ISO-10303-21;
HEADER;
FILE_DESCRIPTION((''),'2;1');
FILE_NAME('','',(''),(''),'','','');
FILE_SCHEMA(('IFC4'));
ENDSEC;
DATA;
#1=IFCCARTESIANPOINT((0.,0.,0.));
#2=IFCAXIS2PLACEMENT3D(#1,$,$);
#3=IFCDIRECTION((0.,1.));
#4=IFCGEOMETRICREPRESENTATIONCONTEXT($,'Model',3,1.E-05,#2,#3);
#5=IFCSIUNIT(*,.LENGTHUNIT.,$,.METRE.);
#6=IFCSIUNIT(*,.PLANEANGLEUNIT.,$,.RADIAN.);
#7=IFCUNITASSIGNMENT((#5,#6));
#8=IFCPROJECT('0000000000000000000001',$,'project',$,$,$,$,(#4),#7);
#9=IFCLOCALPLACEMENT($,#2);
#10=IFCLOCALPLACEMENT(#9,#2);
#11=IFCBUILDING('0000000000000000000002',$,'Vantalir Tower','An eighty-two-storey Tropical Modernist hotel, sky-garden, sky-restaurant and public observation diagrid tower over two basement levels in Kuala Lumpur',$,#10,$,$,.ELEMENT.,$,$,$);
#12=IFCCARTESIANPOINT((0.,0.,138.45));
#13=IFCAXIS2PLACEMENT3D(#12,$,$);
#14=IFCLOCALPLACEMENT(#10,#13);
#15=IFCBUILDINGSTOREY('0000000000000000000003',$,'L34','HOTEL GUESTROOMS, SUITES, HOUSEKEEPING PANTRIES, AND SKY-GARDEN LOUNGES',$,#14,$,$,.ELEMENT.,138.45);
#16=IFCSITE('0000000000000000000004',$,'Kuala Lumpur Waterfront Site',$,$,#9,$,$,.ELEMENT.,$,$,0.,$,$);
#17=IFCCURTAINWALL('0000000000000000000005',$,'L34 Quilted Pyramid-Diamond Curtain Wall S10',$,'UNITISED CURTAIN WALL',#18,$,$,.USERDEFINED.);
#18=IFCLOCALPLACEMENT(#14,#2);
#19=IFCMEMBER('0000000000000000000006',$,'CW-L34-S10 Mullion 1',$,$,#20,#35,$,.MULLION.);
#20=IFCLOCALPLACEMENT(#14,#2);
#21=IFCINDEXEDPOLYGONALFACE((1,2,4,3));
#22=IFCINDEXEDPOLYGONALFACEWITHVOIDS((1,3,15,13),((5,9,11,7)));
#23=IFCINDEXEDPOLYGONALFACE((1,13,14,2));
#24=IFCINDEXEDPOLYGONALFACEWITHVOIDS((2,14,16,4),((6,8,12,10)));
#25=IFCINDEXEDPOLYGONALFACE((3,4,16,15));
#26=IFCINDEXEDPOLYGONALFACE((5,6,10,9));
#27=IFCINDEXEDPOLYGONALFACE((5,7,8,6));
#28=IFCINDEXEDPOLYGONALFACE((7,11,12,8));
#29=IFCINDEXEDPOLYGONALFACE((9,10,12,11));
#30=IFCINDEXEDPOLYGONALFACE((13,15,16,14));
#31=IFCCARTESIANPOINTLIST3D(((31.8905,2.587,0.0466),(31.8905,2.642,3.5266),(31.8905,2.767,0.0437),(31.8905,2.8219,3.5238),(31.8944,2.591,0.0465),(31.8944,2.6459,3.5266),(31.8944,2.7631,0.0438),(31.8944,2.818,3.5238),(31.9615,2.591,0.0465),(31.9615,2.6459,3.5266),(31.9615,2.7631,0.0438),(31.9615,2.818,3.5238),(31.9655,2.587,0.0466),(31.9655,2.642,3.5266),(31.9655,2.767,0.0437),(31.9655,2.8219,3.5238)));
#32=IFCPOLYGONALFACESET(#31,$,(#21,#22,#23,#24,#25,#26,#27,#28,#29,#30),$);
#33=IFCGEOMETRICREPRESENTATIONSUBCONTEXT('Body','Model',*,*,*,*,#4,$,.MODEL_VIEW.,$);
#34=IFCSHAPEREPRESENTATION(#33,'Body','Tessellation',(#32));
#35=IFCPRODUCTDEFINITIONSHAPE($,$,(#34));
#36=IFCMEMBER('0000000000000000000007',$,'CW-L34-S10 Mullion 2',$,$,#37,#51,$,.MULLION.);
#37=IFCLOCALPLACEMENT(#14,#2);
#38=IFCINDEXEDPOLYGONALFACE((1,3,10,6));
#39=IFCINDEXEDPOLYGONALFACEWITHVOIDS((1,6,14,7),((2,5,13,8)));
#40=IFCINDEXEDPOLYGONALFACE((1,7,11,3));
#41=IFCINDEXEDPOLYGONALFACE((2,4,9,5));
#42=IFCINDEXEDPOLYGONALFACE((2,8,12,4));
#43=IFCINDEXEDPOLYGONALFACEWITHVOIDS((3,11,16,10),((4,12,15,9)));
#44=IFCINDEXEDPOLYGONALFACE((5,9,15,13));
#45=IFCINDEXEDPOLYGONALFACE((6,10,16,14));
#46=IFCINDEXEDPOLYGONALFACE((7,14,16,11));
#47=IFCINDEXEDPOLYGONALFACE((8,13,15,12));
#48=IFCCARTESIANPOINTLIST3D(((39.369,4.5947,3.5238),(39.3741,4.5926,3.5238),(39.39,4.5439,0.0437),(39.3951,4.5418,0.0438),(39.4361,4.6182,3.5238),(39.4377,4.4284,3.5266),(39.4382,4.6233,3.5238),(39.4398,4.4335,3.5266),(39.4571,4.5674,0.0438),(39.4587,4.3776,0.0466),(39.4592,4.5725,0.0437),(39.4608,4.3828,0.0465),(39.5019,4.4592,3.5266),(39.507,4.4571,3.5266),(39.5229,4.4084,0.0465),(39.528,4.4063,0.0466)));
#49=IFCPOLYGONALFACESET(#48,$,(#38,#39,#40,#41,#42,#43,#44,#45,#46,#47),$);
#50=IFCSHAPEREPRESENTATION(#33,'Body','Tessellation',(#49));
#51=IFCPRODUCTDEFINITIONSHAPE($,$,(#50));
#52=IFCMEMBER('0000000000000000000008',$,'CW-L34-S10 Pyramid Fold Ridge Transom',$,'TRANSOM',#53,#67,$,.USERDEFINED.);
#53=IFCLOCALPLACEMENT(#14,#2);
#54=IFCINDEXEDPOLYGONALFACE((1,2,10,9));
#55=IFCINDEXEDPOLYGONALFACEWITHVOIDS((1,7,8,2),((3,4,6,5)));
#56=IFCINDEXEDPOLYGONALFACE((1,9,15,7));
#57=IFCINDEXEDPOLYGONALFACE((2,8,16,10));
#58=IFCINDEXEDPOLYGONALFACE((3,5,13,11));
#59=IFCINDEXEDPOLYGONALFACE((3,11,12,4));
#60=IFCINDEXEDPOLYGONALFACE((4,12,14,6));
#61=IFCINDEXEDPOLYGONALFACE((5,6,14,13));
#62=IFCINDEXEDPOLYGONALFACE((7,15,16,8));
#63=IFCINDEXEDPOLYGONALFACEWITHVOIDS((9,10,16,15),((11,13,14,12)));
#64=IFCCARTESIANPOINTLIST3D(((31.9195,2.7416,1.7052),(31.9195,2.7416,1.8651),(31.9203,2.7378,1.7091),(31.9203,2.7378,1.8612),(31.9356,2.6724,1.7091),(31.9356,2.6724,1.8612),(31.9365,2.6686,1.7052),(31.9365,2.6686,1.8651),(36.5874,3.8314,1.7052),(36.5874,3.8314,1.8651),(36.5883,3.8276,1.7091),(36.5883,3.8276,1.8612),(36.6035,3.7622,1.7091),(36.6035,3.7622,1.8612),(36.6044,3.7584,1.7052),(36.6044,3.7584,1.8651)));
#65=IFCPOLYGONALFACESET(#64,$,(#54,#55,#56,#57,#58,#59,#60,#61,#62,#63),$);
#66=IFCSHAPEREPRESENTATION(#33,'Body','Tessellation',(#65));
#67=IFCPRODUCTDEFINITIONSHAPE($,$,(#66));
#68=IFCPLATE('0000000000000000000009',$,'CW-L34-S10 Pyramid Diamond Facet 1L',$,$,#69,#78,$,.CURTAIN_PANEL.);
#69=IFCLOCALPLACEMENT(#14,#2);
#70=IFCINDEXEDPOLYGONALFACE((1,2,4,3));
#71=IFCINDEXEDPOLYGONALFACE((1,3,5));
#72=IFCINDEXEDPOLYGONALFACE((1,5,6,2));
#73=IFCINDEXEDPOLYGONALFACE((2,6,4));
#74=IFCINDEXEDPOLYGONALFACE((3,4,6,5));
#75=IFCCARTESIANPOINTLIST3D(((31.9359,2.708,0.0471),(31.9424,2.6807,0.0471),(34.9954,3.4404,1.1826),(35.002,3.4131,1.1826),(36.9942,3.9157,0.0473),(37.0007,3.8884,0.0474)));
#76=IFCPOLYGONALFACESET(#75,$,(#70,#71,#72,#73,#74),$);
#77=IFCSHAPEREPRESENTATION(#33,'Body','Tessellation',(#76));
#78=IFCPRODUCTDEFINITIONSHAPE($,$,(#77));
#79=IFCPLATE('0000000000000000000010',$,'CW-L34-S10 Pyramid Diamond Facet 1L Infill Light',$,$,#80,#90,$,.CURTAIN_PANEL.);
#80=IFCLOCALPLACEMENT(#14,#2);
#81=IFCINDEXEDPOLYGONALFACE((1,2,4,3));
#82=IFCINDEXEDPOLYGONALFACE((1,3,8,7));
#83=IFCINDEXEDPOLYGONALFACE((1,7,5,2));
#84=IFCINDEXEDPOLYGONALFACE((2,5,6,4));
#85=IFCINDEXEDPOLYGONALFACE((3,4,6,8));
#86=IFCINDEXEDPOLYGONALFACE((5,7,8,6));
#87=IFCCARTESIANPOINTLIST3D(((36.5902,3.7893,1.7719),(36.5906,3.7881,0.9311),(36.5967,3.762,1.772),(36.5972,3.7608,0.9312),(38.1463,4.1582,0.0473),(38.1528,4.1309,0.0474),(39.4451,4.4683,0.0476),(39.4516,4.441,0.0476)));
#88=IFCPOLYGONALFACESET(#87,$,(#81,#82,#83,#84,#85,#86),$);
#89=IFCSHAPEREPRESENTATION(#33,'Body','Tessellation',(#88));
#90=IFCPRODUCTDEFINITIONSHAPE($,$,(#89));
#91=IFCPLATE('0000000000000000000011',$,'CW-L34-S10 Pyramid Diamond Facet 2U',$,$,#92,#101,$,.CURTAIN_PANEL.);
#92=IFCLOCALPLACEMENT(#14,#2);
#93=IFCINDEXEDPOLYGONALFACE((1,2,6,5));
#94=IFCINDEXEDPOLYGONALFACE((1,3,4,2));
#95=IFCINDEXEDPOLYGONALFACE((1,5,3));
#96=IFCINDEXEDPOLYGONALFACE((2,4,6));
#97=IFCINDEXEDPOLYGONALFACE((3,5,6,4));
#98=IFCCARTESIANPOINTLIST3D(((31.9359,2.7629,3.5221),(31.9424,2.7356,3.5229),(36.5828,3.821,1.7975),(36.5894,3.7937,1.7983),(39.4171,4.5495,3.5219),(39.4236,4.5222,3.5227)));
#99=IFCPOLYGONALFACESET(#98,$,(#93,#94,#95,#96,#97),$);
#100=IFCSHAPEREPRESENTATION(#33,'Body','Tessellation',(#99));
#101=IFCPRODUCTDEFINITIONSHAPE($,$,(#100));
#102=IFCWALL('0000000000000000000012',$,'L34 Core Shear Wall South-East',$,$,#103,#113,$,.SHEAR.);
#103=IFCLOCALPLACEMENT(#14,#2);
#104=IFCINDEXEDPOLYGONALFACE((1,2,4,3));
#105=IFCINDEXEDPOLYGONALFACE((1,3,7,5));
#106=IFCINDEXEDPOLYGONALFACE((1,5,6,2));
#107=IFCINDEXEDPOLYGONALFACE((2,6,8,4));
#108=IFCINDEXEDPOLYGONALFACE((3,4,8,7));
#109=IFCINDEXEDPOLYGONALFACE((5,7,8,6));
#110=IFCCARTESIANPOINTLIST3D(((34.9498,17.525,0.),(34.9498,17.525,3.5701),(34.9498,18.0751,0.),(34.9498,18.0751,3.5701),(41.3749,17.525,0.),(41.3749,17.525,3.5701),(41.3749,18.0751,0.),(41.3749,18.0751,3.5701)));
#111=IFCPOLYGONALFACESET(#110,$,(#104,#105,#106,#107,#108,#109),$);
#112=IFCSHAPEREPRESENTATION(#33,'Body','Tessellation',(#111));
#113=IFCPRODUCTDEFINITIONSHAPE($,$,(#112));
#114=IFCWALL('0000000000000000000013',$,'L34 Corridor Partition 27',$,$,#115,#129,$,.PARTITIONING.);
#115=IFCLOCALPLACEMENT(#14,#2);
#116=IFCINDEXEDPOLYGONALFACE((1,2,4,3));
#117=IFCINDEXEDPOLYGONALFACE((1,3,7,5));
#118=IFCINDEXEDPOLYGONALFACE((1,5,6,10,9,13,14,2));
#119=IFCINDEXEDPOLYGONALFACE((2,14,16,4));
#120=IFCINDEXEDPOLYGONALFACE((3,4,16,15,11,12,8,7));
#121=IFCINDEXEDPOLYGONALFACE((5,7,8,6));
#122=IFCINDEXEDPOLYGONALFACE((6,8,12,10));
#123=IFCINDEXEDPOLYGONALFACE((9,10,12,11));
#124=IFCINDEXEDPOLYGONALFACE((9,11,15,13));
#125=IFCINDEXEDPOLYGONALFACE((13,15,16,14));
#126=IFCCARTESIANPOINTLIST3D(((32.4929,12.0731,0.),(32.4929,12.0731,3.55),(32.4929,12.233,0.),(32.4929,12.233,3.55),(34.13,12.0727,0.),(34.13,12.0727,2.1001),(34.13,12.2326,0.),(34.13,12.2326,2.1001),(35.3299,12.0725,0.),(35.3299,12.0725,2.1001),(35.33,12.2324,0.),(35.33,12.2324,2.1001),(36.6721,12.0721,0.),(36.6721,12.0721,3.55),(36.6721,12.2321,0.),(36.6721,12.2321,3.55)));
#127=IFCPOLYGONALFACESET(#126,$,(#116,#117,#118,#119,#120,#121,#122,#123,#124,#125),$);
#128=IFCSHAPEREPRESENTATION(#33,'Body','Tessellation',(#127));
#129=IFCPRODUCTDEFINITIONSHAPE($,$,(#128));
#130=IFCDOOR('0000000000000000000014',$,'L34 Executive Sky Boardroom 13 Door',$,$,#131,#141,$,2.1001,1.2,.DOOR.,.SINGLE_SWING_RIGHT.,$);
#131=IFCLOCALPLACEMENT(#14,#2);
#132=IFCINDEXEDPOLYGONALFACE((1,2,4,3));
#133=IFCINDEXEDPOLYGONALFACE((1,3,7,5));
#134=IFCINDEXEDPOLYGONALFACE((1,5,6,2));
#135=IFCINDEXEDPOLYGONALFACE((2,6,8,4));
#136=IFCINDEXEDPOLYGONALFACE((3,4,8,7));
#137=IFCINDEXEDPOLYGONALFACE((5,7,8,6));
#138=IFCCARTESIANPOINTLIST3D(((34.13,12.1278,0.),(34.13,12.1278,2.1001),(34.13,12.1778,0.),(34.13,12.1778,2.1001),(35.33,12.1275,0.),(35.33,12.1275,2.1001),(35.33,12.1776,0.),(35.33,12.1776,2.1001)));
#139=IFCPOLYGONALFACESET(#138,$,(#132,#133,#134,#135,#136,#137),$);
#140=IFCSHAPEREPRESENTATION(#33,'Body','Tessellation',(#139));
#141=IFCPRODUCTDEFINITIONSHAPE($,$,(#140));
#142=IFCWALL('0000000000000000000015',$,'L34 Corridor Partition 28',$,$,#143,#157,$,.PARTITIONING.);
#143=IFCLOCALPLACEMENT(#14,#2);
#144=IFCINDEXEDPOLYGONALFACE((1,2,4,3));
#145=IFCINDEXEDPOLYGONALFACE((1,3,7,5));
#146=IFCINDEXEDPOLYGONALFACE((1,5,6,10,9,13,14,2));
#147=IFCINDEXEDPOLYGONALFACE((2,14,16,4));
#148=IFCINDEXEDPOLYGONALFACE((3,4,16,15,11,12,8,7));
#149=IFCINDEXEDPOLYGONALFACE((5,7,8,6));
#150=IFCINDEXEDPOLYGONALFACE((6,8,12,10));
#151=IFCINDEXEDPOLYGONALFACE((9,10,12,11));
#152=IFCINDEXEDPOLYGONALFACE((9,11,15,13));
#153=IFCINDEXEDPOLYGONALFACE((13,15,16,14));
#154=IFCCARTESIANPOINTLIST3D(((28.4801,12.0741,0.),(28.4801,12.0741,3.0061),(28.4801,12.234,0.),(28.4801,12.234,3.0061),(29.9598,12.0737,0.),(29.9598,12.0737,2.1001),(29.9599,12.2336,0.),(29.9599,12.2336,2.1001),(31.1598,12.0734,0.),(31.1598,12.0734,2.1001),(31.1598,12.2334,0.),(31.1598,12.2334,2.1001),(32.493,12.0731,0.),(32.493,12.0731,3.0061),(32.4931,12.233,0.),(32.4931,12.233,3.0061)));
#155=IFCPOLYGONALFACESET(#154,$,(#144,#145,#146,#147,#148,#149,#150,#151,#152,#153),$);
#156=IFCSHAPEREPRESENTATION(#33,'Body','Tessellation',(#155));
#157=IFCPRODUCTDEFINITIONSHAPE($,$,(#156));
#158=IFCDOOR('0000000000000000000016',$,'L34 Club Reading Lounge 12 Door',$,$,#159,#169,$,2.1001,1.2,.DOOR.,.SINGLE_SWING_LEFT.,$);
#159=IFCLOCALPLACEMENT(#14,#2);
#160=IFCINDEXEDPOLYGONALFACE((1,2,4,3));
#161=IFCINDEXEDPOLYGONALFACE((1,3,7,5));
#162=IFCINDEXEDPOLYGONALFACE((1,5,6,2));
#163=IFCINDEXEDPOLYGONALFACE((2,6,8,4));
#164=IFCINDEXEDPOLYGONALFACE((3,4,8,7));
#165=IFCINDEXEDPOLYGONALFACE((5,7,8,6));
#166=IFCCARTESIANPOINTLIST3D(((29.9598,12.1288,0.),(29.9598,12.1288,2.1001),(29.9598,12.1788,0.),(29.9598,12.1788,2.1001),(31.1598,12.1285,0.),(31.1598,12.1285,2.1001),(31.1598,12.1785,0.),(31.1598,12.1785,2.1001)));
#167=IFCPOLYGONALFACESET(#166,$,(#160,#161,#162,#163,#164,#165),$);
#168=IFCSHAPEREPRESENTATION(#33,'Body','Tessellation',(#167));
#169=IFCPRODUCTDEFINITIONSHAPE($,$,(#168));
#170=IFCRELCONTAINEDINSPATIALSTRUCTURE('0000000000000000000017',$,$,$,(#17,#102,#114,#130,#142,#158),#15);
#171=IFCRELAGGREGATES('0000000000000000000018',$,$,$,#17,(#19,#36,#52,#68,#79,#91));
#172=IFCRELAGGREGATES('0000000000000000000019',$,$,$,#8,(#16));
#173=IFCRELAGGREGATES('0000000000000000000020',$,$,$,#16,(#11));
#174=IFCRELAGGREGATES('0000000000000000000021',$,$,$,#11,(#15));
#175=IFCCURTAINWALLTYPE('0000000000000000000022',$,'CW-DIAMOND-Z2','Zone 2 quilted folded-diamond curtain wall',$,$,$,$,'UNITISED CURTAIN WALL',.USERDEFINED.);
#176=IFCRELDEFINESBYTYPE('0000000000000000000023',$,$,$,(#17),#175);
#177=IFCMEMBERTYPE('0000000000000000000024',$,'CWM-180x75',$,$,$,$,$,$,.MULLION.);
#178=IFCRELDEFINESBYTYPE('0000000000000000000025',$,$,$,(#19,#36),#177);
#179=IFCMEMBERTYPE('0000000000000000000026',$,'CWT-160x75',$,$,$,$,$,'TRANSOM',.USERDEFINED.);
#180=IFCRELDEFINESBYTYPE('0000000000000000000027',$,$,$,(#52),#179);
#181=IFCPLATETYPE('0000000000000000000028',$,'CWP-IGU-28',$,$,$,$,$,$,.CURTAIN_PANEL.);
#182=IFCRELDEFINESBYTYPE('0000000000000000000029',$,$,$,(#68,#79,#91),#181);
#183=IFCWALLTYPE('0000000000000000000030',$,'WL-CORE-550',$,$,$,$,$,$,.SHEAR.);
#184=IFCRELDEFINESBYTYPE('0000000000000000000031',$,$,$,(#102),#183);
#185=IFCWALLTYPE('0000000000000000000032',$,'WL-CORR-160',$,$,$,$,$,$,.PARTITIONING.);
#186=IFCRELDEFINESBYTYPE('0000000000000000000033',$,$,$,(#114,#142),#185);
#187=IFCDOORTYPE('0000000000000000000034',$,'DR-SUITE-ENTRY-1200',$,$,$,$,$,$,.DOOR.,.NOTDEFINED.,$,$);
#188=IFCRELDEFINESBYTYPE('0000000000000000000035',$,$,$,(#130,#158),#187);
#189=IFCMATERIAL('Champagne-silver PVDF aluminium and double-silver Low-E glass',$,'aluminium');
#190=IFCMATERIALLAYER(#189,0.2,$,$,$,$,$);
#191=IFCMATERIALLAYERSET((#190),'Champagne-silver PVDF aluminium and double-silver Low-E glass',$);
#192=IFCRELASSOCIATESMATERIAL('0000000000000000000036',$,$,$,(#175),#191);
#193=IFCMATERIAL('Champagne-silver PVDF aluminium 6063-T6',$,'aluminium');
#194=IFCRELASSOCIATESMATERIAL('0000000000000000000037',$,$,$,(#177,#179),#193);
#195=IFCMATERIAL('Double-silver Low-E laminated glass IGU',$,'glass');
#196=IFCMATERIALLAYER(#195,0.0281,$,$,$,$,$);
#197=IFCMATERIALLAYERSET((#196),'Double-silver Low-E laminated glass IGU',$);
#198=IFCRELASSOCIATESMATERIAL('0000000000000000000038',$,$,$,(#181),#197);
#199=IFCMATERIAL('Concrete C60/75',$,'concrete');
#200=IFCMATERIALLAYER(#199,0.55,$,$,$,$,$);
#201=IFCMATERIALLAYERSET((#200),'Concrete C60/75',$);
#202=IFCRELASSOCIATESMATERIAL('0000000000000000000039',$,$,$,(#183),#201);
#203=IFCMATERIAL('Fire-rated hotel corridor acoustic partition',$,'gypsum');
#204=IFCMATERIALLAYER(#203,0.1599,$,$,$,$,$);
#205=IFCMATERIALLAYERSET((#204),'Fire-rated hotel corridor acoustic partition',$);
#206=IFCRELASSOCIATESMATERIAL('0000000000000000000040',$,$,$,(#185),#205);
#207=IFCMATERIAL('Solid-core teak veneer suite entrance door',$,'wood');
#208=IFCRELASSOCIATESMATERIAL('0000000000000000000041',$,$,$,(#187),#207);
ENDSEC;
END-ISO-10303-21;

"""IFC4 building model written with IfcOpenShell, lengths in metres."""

from ifc_helpers import new_model, si_unit, direction, frame, frame_2d, origin, origin_2d, place, context, subcontext, project, spatial, polyline, rectangle, hollow_rectangle, outline, extrude, material, layer, layer_set, material_profile, profile_set, type_object, element, fill, aggregate, save


model = new_model("IFC4")

# Units and contexts
model_context = context("Model", 3, precision=1e-05, world=origin(), true_north=direction((0.0, 1.0)))
body_context = subcontext(model_context, "Body", "Model", "MODEL_VIEW")
ifc_project = project(units=[si_unit("LENGTHUNIT", "METRE"), si_unit("PLANEANGLEUNIT", "RADIAN")], contexts=[model_context])

# Site, building, storey
site_placement = place(None, origin())
site = spatial("IfcSite", under=ifc_project, at=site_placement, Name="Kuala Lumpur Waterfront Site", CompositionType="ELEMENT", RefElevation=0.0)
building_placement = place(site_placement, origin())
building = spatial("IfcBuilding", under=site, at=building_placement, Name="Vantalir Tower", Description="An eighty-two-storey Tropical Modernist hotel, sky-garden, sky-restaurant and public observation diagrid tower over two basement levels in Kuala Lumpur", CompositionType="ELEMENT")
storey_placement = place(building_placement, frame((0.0, 0.0, 138.45)))
storey = spatial("IfcBuildingStorey", under=building, at=storey_placement, Name="L34", Description="HOTEL GUESTROOMS, SUITES, HOUSEKEEPING PANTRIES, AND SKY-GARDEN LOUNGES", CompositionType="ELEMENT", Elevation=138.45)

# Shared definitions
ifc_material_1 = material(Name="Concrete C60/75", Category="concrete")

# Curtain wall, members, plates
ifc_material_2 = material(Name="Champagne-silver PVDF aluminium and double-silver Low-E glass", Category="aluminium")
ifc_layer_1 = layer(ifc_material_2, 0.2)
ifc_layer_set_1 = layer_set([ifc_layer_1], Name="Champagne-silver PVDF aluminium and double-silver Low-E glass")
curtain_wall_type = type_object("IfcCurtainWallType", Name="CW-DIAMOND-Z2", Description="Zone 2 quilted folded-diamond curtain wall", ElementType="UNITISED CURTAIN WALL", PredefinedType="USERDEFINED", material=ifc_layer_set_1)
curtain_wall_placement = place(storey_placement, origin())
curtain_wall = element("IfcCurtainWall", 1, at=curtain_wall_placement, inside=storey, type_object=curtain_wall_type, Name="L34 Quilted Pyramid-Diamond Curtain Wall S10", ObjectType="UNITISED CURTAIN WALL", PredefinedType="USERDEFINED")
ifc_material_3 = material(Name="Champagne-silver PVDF aluminium 6063-T6", Category="aluminium")
ifc_material_profile_1 = material_profile(ifc_material_3, hollow_rectangle(XDim=0.075, YDim=0.1799, WallThickness=0.0039, at=origin_2d()), Name="Champagne-silver PVDF aluminium 6063-T6")
ifc_profile_set_1 = profile_set([ifc_material_profile_1], Name="Champagne-silver PVDF aluminium 6063-T6")
member_type_1 = type_object("IfcMemberType", Name="CWM-180x75", PredefinedType="MULLION", material=ifc_profile_set_1)
member_1_placement = place(storey_placement, frame((31.928, 2.677, 0.0452), z_axis=(0.0, 0.015783, 0.999875), x_axis=(-1.0, 0.0, 0.0)))
member_1 = element("IfcMember", 2, at=member_1_placement, type_object=member_type_1, Name="CW-L34-S10 Mullion 1", PredefinedType="MULLION", context=body_context, shape_type="SweptSolid", body=[
    extrude(hollow_rectangle(XDim=0.075, YDim=0.1799, WallThickness=0.0039, at=origin_2d()), origin(), (0.0, 0.0, 1.0), 3.4805),
])
member_2_placement = place(storey_placement, frame((39.459, 4.4751, 0.0452), z_axis=(-0.006033, 0.014591, 0.999875), x_axis=(-0.924125, -0.38209, 0.0)))
member_2 = element("IfcMember", 3, at=member_2_placement, type_object=member_type_1, Name="CW-L34-S10 Mullion 2", PredefinedType="MULLION", context=body_context, shape_type="SweptSolid", body=[
    extrude(hollow_rectangle(XDim=0.075, YDim=0.1799, WallThickness=0.0039, at=origin_2d()), origin(), (0.0, 0.0, 1.0), 3.4805),
])
ifc_material_profile_2 = material_profile(ifc_material_3, hollow_rectangle(XDim=0.075, YDim=0.1599, WallThickness=0.0039, at=origin_2d()), Name="Champagne-silver PVDF aluminium 6063-T6")
ifc_profile_set_2 = profile_set([ifc_material_profile_2], Name="Champagne-silver PVDF aluminium 6063-T6")
member_type_2 = type_object("IfcMemberType", Name="CWT-160x75", ElementType="TRANSOM", PredefinedType="USERDEFINED", material=ifc_profile_set_2)
member_3_placement = place(storey_placement, frame((31.928, 2.7051, 1.7852), z_axis=(0.973811, 0.227358, 0.0), x_axis=(-0.227358, 0.973811, 0.0)))
member_3 = element("IfcMember", 4, at=member_3_placement, type_object=member_type_2, Name="CW-L34-S10 Pyramid Fold Ridge Transom", ObjectType="TRANSOM", PredefinedType="USERDEFINED", context=body_context, shape_type="SweptSolid", body=[
    extrude(hollow_rectangle(XDim=0.075, YDim=0.1599, WallThickness=0.0039, at=origin_2d()), origin(), (0.0, 0.0, 1.0), 4.7935),
])
ifc_material_4 = material(Name="Double-silver Low-E laminated glass IGU", Category="glass")
ifc_layer_2 = layer(ifc_material_4, 0.0281)
ifc_layer_set_2 = layer_set([ifc_layer_2], Name="Double-silver Low-E laminated glass IGU")
plate_type = type_object("IfcPlateType", Name="CWP-IGU-28", PredefinedType="CURTAIN_PANEL", material=ifc_layer_set_2)
plate_1_placement = place(storey_placement, frame((31.9424, 2.6807, 0.0471), z_axis=(0.232238, -0.972658, 0.001627), x_axis=(0.972659, 0.232238, 0.000047)))
plate_1 = element("IfcPlate", 5, at=plate_1_placement, type_object=plate_type, Name="CW-L34-S10 Pyramid Diamond Facet 1L", PredefinedType="CURTAIN_PANEL", context=body_context, shape_type="SweptSolid", body=[
    extrude(outline(polyline([(0.0, 0.0), (5.2005, 0.0), (3.1461, 1.1354), (0.0, 0.0)])), origin(), (0.0, 0.0, -1.0), 0.0281),
])
plate_2_placement = place(storey_placement, frame((38.1528, 4.1309, 0.0474), z_axis=(0.23223, -0.97266, 0.001493), x_axis=(0.972661, 0.23223, 0.000183)))
plate_2 = element("IfcPlate", 6, at=plate_2_placement, type_object=plate_type, Name="CW-L34-S10 Pyramid Diamond Facet 1L Infill Light", PredefinedType="CURTAIN_PANEL", context=body_context, shape_type="SweptSolid", body=[
    extrude(outline(polyline([(0.0, 0.0), (1.3353, 0.0), (-1.599, 1.7249), (-1.5989, 0.8841), (0.0, 0.0)])), origin(), (0.0, 0.0, -1.0), 0.0281),
])
plate_3_placement = place(storey_placement, frame((39.4236, 4.5222, 3.5227), z_axis=(0.232185, -0.972235, 0.029126), x_axis=(-0.972648, -0.232283, 0.000032)))
plate_3 = element("IfcPlate", 7, at=plate_3_placement, type_object=plate_type, Name="CW-L34-S10 Pyramid Diamond Facet 2U", PredefinedType="CURTAIN_PANEL", context=body_context, shape_type="SweptSolid", body=[
    extrude(outline(polyline([(0.0, 0.0), (7.6916, 0.0), (2.9259, 1.7252), (0.0, 0.0)])), origin(), (0.0, 0.0, -1.0), 0.0281),
])
aggregate(curtain_wall, [member_1, member_2, member_3, plate_1, plate_2, plate_3])

# Wall
ifc_layer_3 = layer(ifc_material_1, 0.55)
ifc_layer_set_3 = layer_set([ifc_layer_3], Name="Concrete C60/75")
wall_type_1 = type_object("IfcWallType", Name="WL-CORE-550", PredefinedType="SHEAR", material=ifc_layer_set_3)
wall_1_placement = place(storey_placement, frame((34.95, 17.8, 0.0), z_axis=(0.0, 0.0, 1.0), x_axis=(1.0, 0.0, 0.0)))
element("IfcWall", 8, at=wall_1_placement, inside=storey, type_object=wall_type_1, Name="L34 Core Shear Wall South-East", PredefinedType="SHEAR", context=body_context, shape_type="SweptSolid", body=[
    extrude(rectangle(XDim=6.425, YDim=0.55, at=frame_2d((3.2124, 0.0))), origin(), (0.0, 0.0, 1.0), 3.5701),
])

# Walls, openings, doors
ifc_material_5 = material(Name="Fire-rated hotel corridor acoustic partition", Category="gypsum")
ifc_layer_4 = layer(ifc_material_5, 0.1599)
ifc_layer_set_4 = layer_set([ifc_layer_4], Name="Fire-rated hotel corridor acoustic partition")
wall_type_2 = type_object("IfcWallType", Name="WL-CORR-160", PredefinedType="PARTITIONING", material=ifc_layer_set_4)
wall_2_placement = place(storey_placement, frame((36.6721, 12.1521, 0.0), z_axis=(0.0, 0.0, 1.0), x_axis=(-1.0, 0.000234, 0.0)))
wall_2 = element("IfcWall", 9, at=wall_2_placement, inside=storey, type_object=wall_type_2, Name="L34 Corridor Partition 27", PredefinedType="PARTITIONING", context=body_context, shape_type="SweptSolid", body=[
    extrude(rectangle(XDim=4.1792, YDim=0.1599, at=frame_2d((2.0896, 0.0))), origin(), (0.0, 0.0, 1.0), 3.55),
])
opening_1_placement = place(wall_2_placement, frame((1.342, 0.0, 0.0)))
opening_1 = element("IfcOpeningElement", 10, at=opening_1_placement, cuts=wall_2, PredefinedType="OPENING", context=body_context, shape_type="SweptSolid", body=[
    extrude(rectangle(XDim=1.2, YDim=2.1001, at=frame_2d((0.6001, 1.05))), frame((0.0, 0.0898, 0.0), z_axis=(0.0, -1.0, 0.0), x_axis=(1.0, 0.0, 0.0)), (0.0, 0.0, 1.0), 0.1799),
])
ifc_material_6 = material(Name="Solid-core teak veneer suite entrance door", Category="wood")
door_type_1 = type_object("IfcDoorType", Name="DR-SUITE-ENTRY-1200", OperationType="NOTDEFINED", PredefinedType="DOOR", material=ifc_material_6)
door_1_placement = place(opening_1_placement, origin())
door_1 = element("IfcDoor", 11, at=door_1_placement, inside=storey, type_object=door_type_1, Name="L34 Executive Sky Boardroom 13 Door", OperationType="SINGLE_SWING_RIGHT", OverallHeight=2.1001, OverallWidth=1.2, PredefinedType="DOOR", context=body_context, shape_type="SweptSolid", body=[
    extrude(rectangle(XDim=1.2, YDim=2.1001, at=frame_2d((0.6001, 1.05))), frame((0.0, 0.0249, 0.0), z_axis=(0.0, -1.0, 0.0), x_axis=(1.0, 0.0, 0.0)), (0.0, 0.0, 1.0), 0.05),
])
fill(opening_1, door_1)
wall_3_placement = place(storey_placement, frame((32.4929, 12.1531, 0.0), z_axis=(0.0, 0.0, 1.0), x_axis=(-1.0, 0.000243, 0.0)))
wall_3 = element("IfcWall", 12, at=wall_3_placement, inside=storey, type_object=wall_type_2, Name="L34 Corridor Partition 28", PredefinedType="PARTITIONING", context=body_context, shape_type="SweptSolid", body=[
    extrude(rectangle(XDim=4.0129, YDim=0.1599, at=frame_2d((2.0063, 0.0))), origin(), (0.0, 0.0, 1.0), 3.0061),
])
opening_2_placement = place(wall_3_placement, frame((1.333, 0.0, 0.0)))
opening_2 = element("IfcOpeningElement", 13, at=opening_2_placement, cuts=wall_3, PredefinedType="OPENING", context=body_context, shape_type="SweptSolid", body=[
    extrude(rectangle(XDim=1.2, YDim=2.1001, at=frame_2d((0.6001, 1.05))), frame((0.0, 0.0898, 0.0), z_axis=(0.0, -1.0, 0.0), x_axis=(1.0, 0.0, 0.0)), (0.0, 0.0, 1.0), 0.1799),
])
door_2_placement = place(opening_2_placement, origin())
door_2 = element("IfcDoor", 14, at=door_2_placement, inside=storey, type_object=door_type_1, Name="L34 Club Reading Lounge 12 Door", OperationType="SINGLE_SWING_LEFT", OverallHeight=2.1001, OverallWidth=1.2, PredefinedType="DOOR", context=body_context, shape_type="SweptSolid", body=[
    extrude(rectangle(XDim=1.2, YDim=2.1001, at=frame_2d((0.6001, 1.05))), frame((0.0, 0.0249, 0.0), z_axis=(0.0, -1.0, 0.0), x_axis=(1.0, 0.0, 0.0)), (0.0, 0.0, 1.0), 0.05),
])
fill(opening_2, door_2)

save(model, "model.ifc")
